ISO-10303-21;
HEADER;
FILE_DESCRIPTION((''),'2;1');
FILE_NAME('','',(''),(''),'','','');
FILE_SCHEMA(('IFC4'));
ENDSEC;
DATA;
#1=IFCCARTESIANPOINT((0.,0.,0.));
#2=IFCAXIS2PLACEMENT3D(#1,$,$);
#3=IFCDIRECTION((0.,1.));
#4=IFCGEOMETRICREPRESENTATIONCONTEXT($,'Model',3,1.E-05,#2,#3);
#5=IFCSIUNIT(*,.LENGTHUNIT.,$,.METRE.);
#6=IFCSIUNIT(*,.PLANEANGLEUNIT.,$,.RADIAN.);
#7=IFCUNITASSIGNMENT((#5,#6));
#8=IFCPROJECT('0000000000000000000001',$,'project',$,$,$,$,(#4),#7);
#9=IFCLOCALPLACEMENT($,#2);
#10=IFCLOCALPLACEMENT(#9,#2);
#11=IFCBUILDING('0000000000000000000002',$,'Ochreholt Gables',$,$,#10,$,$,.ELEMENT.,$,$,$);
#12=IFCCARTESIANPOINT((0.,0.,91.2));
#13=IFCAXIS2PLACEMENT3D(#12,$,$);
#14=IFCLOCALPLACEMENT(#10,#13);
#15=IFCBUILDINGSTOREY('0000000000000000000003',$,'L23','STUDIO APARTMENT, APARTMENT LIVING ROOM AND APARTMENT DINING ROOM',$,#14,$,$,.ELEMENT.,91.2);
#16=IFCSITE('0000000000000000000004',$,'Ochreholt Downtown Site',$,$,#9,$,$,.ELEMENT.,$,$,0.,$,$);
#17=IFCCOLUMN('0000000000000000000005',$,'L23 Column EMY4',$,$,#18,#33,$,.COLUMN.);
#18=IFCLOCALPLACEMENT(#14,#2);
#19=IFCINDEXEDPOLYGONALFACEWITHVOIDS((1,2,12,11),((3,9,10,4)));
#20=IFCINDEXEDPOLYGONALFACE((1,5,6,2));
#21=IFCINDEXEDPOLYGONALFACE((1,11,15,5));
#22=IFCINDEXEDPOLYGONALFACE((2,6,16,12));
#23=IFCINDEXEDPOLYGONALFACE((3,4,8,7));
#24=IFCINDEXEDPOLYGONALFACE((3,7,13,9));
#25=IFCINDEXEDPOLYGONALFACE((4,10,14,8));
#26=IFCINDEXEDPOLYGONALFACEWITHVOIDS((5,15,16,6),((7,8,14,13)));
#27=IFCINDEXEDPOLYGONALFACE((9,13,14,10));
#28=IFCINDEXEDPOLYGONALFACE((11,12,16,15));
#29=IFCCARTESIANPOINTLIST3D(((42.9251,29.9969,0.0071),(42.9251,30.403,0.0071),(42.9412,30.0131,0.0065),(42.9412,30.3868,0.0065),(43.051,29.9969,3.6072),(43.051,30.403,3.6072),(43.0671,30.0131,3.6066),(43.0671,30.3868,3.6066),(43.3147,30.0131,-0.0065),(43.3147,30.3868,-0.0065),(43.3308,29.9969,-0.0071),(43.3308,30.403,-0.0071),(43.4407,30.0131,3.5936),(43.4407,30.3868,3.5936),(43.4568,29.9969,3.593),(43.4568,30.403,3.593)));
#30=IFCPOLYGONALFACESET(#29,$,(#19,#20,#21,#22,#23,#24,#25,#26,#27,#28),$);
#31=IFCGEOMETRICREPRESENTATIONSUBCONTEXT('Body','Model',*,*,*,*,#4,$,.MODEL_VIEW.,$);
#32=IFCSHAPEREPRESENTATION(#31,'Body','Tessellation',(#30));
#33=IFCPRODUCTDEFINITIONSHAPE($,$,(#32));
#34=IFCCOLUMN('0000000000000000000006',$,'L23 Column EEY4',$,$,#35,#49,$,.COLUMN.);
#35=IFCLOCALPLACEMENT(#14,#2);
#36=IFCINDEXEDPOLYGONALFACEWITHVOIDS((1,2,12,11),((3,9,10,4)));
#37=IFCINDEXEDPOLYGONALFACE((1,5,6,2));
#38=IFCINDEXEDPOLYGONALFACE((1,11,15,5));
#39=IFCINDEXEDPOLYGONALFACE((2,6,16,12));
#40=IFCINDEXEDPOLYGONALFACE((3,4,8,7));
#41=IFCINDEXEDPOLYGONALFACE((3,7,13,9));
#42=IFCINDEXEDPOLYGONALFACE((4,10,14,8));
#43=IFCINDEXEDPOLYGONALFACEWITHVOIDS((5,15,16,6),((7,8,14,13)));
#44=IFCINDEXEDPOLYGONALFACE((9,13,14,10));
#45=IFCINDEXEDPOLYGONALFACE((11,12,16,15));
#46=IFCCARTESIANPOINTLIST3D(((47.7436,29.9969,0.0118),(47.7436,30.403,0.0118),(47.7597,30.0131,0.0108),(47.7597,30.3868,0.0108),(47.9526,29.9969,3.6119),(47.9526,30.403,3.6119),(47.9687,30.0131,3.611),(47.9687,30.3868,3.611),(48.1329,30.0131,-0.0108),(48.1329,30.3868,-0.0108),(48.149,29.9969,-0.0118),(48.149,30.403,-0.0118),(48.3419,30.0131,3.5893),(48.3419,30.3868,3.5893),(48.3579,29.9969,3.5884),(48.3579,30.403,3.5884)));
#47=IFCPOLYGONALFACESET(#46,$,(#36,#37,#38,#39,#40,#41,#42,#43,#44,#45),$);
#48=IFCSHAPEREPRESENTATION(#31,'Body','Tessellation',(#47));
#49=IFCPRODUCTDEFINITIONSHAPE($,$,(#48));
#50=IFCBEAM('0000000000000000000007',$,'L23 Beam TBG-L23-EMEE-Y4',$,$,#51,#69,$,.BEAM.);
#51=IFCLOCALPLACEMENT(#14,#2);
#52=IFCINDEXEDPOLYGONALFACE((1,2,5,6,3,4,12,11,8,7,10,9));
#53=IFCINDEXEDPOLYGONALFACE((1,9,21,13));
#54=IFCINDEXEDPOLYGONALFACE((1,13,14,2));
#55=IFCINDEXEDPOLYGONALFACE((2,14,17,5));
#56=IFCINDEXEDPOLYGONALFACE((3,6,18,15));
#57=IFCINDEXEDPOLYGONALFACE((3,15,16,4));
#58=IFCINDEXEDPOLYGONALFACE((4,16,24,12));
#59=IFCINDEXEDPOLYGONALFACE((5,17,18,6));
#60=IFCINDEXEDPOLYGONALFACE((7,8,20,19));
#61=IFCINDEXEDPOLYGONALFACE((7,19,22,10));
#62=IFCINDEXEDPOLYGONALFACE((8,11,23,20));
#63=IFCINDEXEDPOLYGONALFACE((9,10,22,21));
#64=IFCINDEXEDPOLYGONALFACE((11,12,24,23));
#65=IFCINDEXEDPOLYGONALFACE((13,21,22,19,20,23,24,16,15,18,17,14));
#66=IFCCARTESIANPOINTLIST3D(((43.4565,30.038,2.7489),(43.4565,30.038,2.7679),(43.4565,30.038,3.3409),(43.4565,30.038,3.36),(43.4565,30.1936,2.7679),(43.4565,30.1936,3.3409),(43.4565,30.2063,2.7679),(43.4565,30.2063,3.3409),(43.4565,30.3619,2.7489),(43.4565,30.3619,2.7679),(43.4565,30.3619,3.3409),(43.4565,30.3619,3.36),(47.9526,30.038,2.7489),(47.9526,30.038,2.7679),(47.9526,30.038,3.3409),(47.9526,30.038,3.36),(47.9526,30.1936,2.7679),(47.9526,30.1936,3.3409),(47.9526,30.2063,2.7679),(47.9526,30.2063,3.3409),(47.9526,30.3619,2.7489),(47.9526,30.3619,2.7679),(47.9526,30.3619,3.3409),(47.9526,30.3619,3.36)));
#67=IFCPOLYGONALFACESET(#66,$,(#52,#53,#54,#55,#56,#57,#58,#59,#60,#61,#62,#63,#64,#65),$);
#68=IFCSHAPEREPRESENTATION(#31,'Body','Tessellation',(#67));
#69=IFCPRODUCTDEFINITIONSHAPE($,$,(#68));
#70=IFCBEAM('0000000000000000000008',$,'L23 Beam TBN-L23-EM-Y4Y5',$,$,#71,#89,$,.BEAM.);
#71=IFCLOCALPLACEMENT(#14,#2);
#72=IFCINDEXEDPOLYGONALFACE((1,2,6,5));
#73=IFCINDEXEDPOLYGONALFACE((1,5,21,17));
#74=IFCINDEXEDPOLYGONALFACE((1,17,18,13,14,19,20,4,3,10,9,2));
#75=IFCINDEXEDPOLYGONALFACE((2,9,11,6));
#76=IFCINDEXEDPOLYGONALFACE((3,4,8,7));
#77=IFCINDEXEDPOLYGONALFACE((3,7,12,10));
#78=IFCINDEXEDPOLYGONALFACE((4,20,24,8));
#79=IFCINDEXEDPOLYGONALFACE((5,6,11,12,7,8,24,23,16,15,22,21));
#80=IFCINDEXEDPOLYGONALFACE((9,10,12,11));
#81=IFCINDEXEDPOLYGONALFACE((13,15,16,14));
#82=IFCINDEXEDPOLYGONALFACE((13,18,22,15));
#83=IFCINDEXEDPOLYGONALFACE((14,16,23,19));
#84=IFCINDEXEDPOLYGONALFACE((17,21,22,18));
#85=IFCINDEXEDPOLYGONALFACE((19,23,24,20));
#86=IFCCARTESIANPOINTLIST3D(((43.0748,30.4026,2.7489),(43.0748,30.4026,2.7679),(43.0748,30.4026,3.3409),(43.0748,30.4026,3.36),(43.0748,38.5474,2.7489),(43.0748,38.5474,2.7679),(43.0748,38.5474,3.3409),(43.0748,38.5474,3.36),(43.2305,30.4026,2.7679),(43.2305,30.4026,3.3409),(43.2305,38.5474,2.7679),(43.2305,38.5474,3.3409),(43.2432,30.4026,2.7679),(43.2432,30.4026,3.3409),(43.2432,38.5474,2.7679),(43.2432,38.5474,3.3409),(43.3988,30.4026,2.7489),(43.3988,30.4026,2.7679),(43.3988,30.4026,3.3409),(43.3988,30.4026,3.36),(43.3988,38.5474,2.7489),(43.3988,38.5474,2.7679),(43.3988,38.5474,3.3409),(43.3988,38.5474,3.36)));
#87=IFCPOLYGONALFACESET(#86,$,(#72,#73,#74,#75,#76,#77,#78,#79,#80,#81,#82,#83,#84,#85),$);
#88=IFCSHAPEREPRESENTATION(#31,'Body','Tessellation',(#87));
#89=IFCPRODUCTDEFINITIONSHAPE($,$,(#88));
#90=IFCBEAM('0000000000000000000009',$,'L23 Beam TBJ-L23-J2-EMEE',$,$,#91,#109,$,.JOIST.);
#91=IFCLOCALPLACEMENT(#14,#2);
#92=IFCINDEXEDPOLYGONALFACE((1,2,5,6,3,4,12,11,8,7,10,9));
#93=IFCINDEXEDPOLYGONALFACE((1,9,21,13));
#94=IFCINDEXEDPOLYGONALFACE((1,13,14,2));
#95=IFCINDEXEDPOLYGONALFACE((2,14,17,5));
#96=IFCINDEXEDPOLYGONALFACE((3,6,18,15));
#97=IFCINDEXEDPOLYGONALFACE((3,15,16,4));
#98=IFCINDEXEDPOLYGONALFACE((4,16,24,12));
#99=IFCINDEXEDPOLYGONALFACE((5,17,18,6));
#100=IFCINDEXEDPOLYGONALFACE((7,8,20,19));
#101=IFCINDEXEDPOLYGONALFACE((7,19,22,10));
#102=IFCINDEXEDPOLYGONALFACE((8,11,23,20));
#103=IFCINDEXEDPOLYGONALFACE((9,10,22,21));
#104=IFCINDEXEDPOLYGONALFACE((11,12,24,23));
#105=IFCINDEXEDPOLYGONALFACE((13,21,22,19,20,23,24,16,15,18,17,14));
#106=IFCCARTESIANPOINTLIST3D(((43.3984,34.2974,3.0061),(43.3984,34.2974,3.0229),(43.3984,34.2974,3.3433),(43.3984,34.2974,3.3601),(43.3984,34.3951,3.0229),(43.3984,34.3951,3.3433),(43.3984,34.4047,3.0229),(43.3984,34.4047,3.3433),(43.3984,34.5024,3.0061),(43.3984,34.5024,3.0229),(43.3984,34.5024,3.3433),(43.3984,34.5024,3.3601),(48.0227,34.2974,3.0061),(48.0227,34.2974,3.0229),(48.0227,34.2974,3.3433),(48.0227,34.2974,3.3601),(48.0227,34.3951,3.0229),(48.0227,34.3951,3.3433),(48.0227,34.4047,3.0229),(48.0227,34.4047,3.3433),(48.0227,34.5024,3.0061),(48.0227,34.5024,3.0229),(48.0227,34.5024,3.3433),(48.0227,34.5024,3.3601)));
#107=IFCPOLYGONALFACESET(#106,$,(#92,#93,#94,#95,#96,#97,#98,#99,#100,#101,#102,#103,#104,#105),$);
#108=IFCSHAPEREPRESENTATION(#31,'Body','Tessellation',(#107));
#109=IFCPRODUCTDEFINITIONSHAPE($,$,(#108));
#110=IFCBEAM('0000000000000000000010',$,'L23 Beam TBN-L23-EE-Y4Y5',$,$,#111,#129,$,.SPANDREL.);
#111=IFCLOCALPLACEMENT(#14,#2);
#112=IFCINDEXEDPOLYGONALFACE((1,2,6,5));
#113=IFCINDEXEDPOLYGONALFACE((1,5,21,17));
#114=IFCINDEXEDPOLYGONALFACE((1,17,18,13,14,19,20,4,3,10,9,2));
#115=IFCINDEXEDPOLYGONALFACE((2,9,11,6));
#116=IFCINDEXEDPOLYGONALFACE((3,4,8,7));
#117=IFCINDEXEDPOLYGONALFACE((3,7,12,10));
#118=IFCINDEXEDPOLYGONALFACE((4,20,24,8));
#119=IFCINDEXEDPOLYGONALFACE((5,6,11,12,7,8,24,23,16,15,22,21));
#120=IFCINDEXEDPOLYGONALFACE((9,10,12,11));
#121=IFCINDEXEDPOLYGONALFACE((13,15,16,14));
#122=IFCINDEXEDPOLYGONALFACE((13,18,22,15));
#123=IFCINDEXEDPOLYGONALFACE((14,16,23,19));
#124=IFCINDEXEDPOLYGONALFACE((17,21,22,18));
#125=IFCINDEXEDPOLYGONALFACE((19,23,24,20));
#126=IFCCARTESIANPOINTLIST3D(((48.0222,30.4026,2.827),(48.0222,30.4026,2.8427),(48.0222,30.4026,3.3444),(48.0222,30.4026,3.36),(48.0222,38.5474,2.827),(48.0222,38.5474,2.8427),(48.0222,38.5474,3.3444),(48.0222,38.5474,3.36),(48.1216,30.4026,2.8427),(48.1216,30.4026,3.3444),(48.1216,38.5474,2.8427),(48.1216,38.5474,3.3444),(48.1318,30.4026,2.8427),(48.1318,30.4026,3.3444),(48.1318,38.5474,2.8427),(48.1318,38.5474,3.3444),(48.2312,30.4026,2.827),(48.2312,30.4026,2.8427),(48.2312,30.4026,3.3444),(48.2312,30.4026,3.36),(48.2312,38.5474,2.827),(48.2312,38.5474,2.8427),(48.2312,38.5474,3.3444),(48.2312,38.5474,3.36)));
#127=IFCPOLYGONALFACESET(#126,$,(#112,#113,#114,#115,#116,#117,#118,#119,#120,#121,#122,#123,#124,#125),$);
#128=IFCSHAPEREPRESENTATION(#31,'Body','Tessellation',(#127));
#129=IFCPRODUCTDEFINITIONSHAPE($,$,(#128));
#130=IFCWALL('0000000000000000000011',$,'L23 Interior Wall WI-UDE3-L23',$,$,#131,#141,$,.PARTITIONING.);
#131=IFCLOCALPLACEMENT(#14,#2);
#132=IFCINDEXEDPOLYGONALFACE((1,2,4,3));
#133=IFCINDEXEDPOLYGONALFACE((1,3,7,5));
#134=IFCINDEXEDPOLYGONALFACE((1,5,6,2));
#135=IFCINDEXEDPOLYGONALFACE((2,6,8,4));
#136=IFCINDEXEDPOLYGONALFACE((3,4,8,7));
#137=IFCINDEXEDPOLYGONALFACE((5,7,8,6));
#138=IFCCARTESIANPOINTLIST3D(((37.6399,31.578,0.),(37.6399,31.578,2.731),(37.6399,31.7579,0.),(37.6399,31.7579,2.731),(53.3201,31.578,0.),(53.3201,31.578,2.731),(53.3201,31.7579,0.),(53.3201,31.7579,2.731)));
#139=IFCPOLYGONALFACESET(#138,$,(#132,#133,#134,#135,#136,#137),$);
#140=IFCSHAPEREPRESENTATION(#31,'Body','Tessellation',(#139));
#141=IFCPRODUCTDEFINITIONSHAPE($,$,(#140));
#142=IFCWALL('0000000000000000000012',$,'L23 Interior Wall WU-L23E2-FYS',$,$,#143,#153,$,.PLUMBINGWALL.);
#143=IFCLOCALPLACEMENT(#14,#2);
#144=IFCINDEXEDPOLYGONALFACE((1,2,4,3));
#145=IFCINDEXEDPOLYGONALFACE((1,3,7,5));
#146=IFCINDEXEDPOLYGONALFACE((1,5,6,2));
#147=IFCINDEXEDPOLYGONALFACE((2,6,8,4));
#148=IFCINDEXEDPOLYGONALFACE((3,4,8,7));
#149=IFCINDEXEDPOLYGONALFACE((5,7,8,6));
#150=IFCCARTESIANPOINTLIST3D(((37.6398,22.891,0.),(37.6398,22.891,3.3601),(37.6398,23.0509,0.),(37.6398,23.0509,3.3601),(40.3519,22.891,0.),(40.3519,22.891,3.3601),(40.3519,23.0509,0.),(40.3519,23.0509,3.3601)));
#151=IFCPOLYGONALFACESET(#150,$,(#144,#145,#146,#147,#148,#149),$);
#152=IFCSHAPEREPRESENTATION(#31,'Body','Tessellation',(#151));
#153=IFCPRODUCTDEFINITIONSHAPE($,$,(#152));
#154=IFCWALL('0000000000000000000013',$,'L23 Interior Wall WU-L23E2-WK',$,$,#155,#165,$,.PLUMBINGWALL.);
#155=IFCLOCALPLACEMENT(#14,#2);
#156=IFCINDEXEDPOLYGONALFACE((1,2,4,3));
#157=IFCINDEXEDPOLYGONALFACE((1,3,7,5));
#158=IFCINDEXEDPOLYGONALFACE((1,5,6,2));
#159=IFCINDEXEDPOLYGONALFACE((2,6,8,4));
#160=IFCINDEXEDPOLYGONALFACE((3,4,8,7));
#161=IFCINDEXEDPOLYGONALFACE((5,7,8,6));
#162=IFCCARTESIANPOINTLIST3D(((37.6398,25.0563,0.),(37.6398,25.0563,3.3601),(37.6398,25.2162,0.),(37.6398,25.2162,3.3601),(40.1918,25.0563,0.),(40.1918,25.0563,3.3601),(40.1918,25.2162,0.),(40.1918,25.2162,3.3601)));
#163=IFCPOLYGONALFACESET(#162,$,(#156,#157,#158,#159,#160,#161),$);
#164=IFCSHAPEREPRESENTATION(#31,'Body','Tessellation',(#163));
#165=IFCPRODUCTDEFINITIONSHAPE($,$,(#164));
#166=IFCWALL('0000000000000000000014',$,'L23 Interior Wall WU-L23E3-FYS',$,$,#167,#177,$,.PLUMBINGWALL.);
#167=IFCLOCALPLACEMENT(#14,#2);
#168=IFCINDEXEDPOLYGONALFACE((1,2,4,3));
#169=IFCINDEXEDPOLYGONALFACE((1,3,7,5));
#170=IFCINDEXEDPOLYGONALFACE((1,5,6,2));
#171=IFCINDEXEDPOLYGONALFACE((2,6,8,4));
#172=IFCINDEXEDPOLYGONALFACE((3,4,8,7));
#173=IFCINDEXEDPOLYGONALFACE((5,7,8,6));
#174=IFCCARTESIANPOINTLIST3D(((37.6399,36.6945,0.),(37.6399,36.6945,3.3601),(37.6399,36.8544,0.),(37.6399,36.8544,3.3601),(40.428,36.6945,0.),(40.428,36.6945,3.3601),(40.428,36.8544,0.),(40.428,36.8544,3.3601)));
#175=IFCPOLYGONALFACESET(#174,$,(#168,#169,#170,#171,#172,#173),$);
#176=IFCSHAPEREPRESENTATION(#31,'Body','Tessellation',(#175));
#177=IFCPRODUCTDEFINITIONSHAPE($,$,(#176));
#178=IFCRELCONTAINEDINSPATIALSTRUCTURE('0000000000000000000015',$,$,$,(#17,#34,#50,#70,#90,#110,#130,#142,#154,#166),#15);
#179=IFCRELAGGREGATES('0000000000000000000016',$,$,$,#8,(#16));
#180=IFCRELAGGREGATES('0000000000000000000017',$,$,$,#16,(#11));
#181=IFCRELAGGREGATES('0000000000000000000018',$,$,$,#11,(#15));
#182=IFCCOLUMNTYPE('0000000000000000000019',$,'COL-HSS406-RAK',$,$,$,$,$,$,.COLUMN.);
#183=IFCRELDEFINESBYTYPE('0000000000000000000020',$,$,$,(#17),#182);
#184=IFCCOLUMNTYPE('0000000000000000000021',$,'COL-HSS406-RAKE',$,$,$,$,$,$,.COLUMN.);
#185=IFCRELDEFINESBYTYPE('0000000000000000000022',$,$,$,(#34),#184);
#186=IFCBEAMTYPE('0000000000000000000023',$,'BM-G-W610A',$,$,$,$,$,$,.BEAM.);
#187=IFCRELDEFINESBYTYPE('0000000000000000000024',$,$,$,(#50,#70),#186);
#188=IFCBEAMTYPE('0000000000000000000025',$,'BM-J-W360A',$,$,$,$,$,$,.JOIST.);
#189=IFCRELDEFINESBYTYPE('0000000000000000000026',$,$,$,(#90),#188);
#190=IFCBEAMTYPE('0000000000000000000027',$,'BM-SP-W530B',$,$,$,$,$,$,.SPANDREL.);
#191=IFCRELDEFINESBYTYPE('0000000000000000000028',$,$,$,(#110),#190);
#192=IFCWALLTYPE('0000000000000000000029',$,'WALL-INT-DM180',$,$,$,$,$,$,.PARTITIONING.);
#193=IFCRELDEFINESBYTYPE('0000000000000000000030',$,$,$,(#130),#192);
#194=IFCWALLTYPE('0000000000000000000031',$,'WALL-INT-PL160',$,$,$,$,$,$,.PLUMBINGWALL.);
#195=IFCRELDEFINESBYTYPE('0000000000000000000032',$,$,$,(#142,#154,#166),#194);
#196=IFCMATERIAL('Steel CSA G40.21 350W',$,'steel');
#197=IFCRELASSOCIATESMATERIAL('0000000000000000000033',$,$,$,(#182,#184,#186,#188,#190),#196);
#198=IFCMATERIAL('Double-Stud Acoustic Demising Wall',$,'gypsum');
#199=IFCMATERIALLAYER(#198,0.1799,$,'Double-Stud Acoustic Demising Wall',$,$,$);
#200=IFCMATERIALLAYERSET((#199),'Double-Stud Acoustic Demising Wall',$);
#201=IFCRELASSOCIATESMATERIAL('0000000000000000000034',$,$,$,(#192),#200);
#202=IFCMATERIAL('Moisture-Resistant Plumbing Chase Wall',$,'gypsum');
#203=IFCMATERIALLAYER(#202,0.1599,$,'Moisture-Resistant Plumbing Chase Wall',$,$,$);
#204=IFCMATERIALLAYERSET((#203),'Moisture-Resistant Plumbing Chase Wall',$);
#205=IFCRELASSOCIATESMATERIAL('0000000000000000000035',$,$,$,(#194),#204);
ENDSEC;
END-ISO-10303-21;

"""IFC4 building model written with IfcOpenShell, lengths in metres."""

from ifc_helpers import new_model, si_unit, direction, frame, frame_2d, origin, origin_2d, place, context, subcontext, project, spatial, rectangle, hollow_rectangle, i_section, extrude, material, layer, layer_set, material_profile, profile_set, type_object, element, save


model = new_model("IFC4")

# Units and contexts
model_context = context("Model", 3, precision=1e-05, world=origin(), true_north=direction((0.0, 1.0)))
body_context = subcontext(model_context, "Body", "Model", "MODEL_VIEW")
ifc_project = project(units=[si_unit("LENGTHUNIT", "METRE"), si_unit("PLANEANGLEUNIT", "RADIAN")], contexts=[model_context])

# Site, building, storey
site_placement = place(None, origin())
site = spatial("IfcSite", under=ifc_project, at=site_placement, Name="Ochreholt Downtown Site", CompositionType="ELEMENT", RefElevation=0.0)
building_placement = place(site_placement, origin())
building = spatial("IfcBuilding", under=site, at=building_placement, Name="Ochreholt Gables", CompositionType="ELEMENT")
storey_placement = place(building_placement, frame((0.0, 0.0, 91.2)))
storey = spatial("IfcBuildingStorey", under=building, at=storey_placement, Name="L23", Description="STUDIO APARTMENT, APARTMENT LIVING ROOM AND APARTMENT DINING ROOM", CompositionType="ELEMENT", Elevation=91.2)

# Columns
ifc_material_1 = material(Name="Steel CSA G40.21 350W", Category="steel")
ifc_material_profile_1 = material_profile(ifc_material_1, hollow_rectangle(XDim=0.406, YDim=0.406, WallThickness=0.0161, at=origin_2d()), Name="HSS406X406X16")
ifc_profile_set_1 = profile_set([ifc_material_profile_1], Name="Steel CSA G40.21 350W")
column_type_1 = type_object("IfcColumnType", Name="COL-HSS406-RAK", PredefinedType="COLUMN", material=ifc_profile_set_1)
column_1_placement = place(storey_placement, frame((43.1279, 30.2, 0.0), z_axis=(0.034971, 0.0, 0.999388), x_axis=(0.0, 1.0, 0.0)))
element("IfcColumn", 1, at=column_1_placement, inside=storey, type_object=column_type_1, Name="L23 Column EMY4", PredefinedType="COLUMN", context=body_context, shape_type="SweptSolid", body=[
    extrude(hollow_rectangle(XDim=0.406, YDim=0.406, WallThickness=0.0161, at=origin_2d()), origin(), (0.0, 0.0, 1.0), 3.6023),
])
ifc_material_profile_2 = material_profile(ifc_material_1, hollow_rectangle(XDim=0.406, YDim=0.406, WallThickness=0.0161, at=origin_2d()), Name="HSS406X406X16")
ifc_profile_set_2 = profile_set([ifc_material_profile_2], Name="Steel CSA G40.21 350W")
column_type_2 = type_object("IfcColumnType", Name="COL-HSS406-RAKE", PredefinedType="COLUMN", material=ifc_profile_set_2)
column_2_placement = place(storey_placement, frame((47.9463, 30.2, 0.0), z_axis=(0.057952, 0.0, 0.998319), x_axis=(0.0, 1.0, 0.0)))
element("IfcColumn", 2, at=column_2_placement, inside=storey, type_object=column_type_2, Name="L23 Column EEY4", PredefinedType="COLUMN", context=body_context, shape_type="SweptSolid", body=[
    extrude(hollow_rectangle(XDim=0.406, YDim=0.406, WallThickness=0.0161, at=origin_2d()), origin(), (0.0, 0.0, 1.0), 3.6062),
])

# Beams
ifc_material_profile_3 = material_profile(ifc_material_1, i_section(OverallWidth=0.324, OverallDepth=0.6111, WebThickness=0.0127, FlangeThickness=0.019, at=origin_2d()), Name="W610X155")
ifc_profile_set_3 = profile_set([ifc_material_profile_3], Name="Steel CSA G40.21 350W")
beam_type_1 = type_object("IfcBeamType", Name="BM-G-W610A", PredefinedType="BEAM", material=ifc_profile_set_3)
beam_1_placement = place(storey_placement, frame((43.4565, 30.2, 3.0544), z_axis=(1.0, 0.0, 0.0), x_axis=(0.0, 1.0, 0.0)))
element("IfcBeam", 3, at=beam_1_placement, inside=storey, type_object=beam_type_1, Name="L23 Beam TBG-L23-EMEE-Y4", PredefinedType="BEAM", context=body_context, shape_type="SweptSolid", body=[
    extrude(i_section(OverallWidth=0.324, OverallDepth=0.6111, WebThickness=0.0127, FlangeThickness=0.019, at=origin_2d()), origin(), (0.0, 0.0, 1.0), 4.4961),
])
beam_2_placement = place(storey_placement, frame((43.2368, 30.4026, 3.0544), z_axis=(0.0, 1.0, 0.0), x_axis=(-1.0, 0.0, 0.0)))
element("IfcBeam", 4, at=beam_2_placement, inside=storey, type_object=beam_type_1, Name="L23 Beam TBN-L23-EM-Y4Y5", PredefinedType="BEAM", context=body_context, shape_type="SweptSolid", body=[
    extrude(i_section(OverallWidth=0.324, OverallDepth=0.6111, WebThickness=0.0127, FlangeThickness=0.019, at=origin_2d()), origin(), (0.0, 0.0, 1.0), 8.1448),
])
ifc_material_profile_4 = material_profile(ifc_material_1, i_section(OverallWidth=0.2051, OverallDepth=0.354, WebThickness=0.0095, FlangeThickness=0.0168, at=origin_2d()), Name="W360X79")
ifc_profile_set_4 = profile_set([ifc_material_profile_4], Name="Steel CSA G40.21 350W")
beam_type_2 = type_object("IfcBeamType", Name="BM-J-W360A", PredefinedType="JOIST", material=ifc_profile_set_4)
beam_3_placement = place(storey_placement, frame((43.3984, 34.3999, 3.1831), z_axis=(1.0, 0.0, 0.0), x_axis=(0.0, 1.0, 0.0)))
element("IfcBeam", 5, at=beam_3_placement, inside=storey, type_object=beam_type_2, Name="L23 Beam TBJ-L23-J2-EMEE", PredefinedType="JOIST", context=body_context, shape_type="SweptSolid", body=[
    extrude(i_section(OverallWidth=0.2051, OverallDepth=0.354, WebThickness=0.0095, FlangeThickness=0.0168, at=origin_2d()), origin(), (0.0, 0.0, 1.0), 4.6243),
])
ifc_material_profile_5 = material_profile(ifc_material_1, i_section(OverallWidth=0.209, OverallDepth=0.533, WebThickness=0.0103, FlangeThickness=0.0156, at=origin_2d()), Name="W530X92")
ifc_profile_set_5 = profile_set([ifc_material_profile_5], Name="Steel CSA G40.21 350W")
beam_type_3 = type_object("IfcBeamType", Name="BM-SP-W530B", PredefinedType="SPANDREL", material=ifc_profile_set_5)
beam_4_placement = place(storey_placement, frame((48.1267, 30.4026, 3.0935), z_axis=(0.0, 1.0, 0.0), x_axis=(-1.0, 0.0, 0.0)))
element("IfcBeam", 6, at=beam_4_placement, inside=storey, type_object=beam_type_3, Name="L23 Beam TBN-L23-EE-Y4Y5", PredefinedType="SPANDREL", context=body_context, shape_type="SweptSolid", body=[
    extrude(i_section(OverallWidth=0.209, OverallDepth=0.533, WebThickness=0.0103, FlangeThickness=0.0156, at=origin_2d()), origin(), (0.0, 0.0, 1.0), 8.1448),
])

# Walls
ifc_material_2 = material(Name="Double-Stud Acoustic Demising Wall", Category="gypsum")
ifc_layer_1 = layer(ifc_material_2, 0.1799, Name="Double-Stud Acoustic Demising Wall")
ifc_layer_set_1 = layer_set([ifc_layer_1], Name="Double-Stud Acoustic Demising Wall")
wall_type_1 = type_object("IfcWallType", Name="WALL-INT-DM180", PredefinedType="PARTITIONING", material=ifc_layer_set_1)
wall_1_placement = place(storey_placement, frame((37.6399, 31.668, 0.0), z_axis=(0.0, 0.0, 1.0), x_axis=(1.0, 0.0, 0.0)))
element("IfcWall", 7, at=wall_1_placement, inside=storey, type_object=wall_type_1, Name="L23 Interior Wall WI-UDE3-L23", PredefinedType="PARTITIONING", context=body_context, shape_type="SweptSolid", body=[
    extrude(rectangle(XDim=15.6802, YDim=0.1799, at=frame_2d((7.8401, 0.0))), origin(), (0.0, 0.0, 1.0), 2.731),
])
ifc_material_3 = material(Name="Moisture-Resistant Plumbing Chase Wall", Category="gypsum")
ifc_layer_2 = layer(ifc_material_3, 0.1599, Name="Moisture-Resistant Plumbing Chase Wall")
ifc_layer_set_2 = layer_set([ifc_layer_2], Name="Moisture-Resistant Plumbing Chase Wall")
wall_type_2 = type_object("IfcWallType", Name="WALL-INT-PL160", PredefinedType="PLUMBINGWALL", material=ifc_layer_set_2)
wall_2_placement = place(storey_placement, frame((37.6399, 22.9709, 0.0), z_axis=(0.0, 0.0, 1.0), x_axis=(1.0, 0.0, 0.0)))
element("IfcWall", 8, at=wall_2_placement, inside=storey, type_object=wall_type_2, Name="L23 Interior Wall WU-L23E2-FYS", PredefinedType="PLUMBINGWALL", context=body_context, shape_type="SweptSolid", body=[
    extrude(rectangle(XDim=2.7122, YDim=0.1599, at=frame_2d((1.356, 0.0))), origin(), (0.0, 0.0, 1.0), 3.3601),
])

# Walls
wall_3_placement = place(storey_placement, frame((37.6399, 25.1362, 0.0), z_axis=(0.0, 0.0, 1.0), x_axis=(1.0, 0.0, 0.0)))
element("IfcWall", 9, at=wall_3_placement, inside=storey, type_object=wall_type_2, Name="L23 Interior Wall WU-L23E2-WK", PredefinedType="PLUMBINGWALL", context=body_context, shape_type="SweptSolid", body=[
    extrude(rectangle(XDim=2.552, YDim=0.1599, at=frame_2d((1.2759, 0.0))), origin(), (0.0, 0.0, 1.0), 3.3601),
])
wall_4_placement = place(storey_placement, frame((37.6399, 36.7744, 0.0), z_axis=(0.0, 0.0, 1.0), x_axis=(1.0, 0.0, 0.0)))
element("IfcWall", 10, at=wall_4_placement, inside=storey, type_object=wall_type_2, Name="L23 Interior Wall WU-L23E3-FYS", PredefinedType="PLUMBINGWALL", context=body_context, shape_type="SweptSolid", body=[
    extrude(rectangle(XDim=2.7881, YDim=0.1599, at=frame_2d((1.394, 0.0))), origin(), (0.0, 0.0, 1.0), 3.3601),
])

save(model, "model.ifc")
